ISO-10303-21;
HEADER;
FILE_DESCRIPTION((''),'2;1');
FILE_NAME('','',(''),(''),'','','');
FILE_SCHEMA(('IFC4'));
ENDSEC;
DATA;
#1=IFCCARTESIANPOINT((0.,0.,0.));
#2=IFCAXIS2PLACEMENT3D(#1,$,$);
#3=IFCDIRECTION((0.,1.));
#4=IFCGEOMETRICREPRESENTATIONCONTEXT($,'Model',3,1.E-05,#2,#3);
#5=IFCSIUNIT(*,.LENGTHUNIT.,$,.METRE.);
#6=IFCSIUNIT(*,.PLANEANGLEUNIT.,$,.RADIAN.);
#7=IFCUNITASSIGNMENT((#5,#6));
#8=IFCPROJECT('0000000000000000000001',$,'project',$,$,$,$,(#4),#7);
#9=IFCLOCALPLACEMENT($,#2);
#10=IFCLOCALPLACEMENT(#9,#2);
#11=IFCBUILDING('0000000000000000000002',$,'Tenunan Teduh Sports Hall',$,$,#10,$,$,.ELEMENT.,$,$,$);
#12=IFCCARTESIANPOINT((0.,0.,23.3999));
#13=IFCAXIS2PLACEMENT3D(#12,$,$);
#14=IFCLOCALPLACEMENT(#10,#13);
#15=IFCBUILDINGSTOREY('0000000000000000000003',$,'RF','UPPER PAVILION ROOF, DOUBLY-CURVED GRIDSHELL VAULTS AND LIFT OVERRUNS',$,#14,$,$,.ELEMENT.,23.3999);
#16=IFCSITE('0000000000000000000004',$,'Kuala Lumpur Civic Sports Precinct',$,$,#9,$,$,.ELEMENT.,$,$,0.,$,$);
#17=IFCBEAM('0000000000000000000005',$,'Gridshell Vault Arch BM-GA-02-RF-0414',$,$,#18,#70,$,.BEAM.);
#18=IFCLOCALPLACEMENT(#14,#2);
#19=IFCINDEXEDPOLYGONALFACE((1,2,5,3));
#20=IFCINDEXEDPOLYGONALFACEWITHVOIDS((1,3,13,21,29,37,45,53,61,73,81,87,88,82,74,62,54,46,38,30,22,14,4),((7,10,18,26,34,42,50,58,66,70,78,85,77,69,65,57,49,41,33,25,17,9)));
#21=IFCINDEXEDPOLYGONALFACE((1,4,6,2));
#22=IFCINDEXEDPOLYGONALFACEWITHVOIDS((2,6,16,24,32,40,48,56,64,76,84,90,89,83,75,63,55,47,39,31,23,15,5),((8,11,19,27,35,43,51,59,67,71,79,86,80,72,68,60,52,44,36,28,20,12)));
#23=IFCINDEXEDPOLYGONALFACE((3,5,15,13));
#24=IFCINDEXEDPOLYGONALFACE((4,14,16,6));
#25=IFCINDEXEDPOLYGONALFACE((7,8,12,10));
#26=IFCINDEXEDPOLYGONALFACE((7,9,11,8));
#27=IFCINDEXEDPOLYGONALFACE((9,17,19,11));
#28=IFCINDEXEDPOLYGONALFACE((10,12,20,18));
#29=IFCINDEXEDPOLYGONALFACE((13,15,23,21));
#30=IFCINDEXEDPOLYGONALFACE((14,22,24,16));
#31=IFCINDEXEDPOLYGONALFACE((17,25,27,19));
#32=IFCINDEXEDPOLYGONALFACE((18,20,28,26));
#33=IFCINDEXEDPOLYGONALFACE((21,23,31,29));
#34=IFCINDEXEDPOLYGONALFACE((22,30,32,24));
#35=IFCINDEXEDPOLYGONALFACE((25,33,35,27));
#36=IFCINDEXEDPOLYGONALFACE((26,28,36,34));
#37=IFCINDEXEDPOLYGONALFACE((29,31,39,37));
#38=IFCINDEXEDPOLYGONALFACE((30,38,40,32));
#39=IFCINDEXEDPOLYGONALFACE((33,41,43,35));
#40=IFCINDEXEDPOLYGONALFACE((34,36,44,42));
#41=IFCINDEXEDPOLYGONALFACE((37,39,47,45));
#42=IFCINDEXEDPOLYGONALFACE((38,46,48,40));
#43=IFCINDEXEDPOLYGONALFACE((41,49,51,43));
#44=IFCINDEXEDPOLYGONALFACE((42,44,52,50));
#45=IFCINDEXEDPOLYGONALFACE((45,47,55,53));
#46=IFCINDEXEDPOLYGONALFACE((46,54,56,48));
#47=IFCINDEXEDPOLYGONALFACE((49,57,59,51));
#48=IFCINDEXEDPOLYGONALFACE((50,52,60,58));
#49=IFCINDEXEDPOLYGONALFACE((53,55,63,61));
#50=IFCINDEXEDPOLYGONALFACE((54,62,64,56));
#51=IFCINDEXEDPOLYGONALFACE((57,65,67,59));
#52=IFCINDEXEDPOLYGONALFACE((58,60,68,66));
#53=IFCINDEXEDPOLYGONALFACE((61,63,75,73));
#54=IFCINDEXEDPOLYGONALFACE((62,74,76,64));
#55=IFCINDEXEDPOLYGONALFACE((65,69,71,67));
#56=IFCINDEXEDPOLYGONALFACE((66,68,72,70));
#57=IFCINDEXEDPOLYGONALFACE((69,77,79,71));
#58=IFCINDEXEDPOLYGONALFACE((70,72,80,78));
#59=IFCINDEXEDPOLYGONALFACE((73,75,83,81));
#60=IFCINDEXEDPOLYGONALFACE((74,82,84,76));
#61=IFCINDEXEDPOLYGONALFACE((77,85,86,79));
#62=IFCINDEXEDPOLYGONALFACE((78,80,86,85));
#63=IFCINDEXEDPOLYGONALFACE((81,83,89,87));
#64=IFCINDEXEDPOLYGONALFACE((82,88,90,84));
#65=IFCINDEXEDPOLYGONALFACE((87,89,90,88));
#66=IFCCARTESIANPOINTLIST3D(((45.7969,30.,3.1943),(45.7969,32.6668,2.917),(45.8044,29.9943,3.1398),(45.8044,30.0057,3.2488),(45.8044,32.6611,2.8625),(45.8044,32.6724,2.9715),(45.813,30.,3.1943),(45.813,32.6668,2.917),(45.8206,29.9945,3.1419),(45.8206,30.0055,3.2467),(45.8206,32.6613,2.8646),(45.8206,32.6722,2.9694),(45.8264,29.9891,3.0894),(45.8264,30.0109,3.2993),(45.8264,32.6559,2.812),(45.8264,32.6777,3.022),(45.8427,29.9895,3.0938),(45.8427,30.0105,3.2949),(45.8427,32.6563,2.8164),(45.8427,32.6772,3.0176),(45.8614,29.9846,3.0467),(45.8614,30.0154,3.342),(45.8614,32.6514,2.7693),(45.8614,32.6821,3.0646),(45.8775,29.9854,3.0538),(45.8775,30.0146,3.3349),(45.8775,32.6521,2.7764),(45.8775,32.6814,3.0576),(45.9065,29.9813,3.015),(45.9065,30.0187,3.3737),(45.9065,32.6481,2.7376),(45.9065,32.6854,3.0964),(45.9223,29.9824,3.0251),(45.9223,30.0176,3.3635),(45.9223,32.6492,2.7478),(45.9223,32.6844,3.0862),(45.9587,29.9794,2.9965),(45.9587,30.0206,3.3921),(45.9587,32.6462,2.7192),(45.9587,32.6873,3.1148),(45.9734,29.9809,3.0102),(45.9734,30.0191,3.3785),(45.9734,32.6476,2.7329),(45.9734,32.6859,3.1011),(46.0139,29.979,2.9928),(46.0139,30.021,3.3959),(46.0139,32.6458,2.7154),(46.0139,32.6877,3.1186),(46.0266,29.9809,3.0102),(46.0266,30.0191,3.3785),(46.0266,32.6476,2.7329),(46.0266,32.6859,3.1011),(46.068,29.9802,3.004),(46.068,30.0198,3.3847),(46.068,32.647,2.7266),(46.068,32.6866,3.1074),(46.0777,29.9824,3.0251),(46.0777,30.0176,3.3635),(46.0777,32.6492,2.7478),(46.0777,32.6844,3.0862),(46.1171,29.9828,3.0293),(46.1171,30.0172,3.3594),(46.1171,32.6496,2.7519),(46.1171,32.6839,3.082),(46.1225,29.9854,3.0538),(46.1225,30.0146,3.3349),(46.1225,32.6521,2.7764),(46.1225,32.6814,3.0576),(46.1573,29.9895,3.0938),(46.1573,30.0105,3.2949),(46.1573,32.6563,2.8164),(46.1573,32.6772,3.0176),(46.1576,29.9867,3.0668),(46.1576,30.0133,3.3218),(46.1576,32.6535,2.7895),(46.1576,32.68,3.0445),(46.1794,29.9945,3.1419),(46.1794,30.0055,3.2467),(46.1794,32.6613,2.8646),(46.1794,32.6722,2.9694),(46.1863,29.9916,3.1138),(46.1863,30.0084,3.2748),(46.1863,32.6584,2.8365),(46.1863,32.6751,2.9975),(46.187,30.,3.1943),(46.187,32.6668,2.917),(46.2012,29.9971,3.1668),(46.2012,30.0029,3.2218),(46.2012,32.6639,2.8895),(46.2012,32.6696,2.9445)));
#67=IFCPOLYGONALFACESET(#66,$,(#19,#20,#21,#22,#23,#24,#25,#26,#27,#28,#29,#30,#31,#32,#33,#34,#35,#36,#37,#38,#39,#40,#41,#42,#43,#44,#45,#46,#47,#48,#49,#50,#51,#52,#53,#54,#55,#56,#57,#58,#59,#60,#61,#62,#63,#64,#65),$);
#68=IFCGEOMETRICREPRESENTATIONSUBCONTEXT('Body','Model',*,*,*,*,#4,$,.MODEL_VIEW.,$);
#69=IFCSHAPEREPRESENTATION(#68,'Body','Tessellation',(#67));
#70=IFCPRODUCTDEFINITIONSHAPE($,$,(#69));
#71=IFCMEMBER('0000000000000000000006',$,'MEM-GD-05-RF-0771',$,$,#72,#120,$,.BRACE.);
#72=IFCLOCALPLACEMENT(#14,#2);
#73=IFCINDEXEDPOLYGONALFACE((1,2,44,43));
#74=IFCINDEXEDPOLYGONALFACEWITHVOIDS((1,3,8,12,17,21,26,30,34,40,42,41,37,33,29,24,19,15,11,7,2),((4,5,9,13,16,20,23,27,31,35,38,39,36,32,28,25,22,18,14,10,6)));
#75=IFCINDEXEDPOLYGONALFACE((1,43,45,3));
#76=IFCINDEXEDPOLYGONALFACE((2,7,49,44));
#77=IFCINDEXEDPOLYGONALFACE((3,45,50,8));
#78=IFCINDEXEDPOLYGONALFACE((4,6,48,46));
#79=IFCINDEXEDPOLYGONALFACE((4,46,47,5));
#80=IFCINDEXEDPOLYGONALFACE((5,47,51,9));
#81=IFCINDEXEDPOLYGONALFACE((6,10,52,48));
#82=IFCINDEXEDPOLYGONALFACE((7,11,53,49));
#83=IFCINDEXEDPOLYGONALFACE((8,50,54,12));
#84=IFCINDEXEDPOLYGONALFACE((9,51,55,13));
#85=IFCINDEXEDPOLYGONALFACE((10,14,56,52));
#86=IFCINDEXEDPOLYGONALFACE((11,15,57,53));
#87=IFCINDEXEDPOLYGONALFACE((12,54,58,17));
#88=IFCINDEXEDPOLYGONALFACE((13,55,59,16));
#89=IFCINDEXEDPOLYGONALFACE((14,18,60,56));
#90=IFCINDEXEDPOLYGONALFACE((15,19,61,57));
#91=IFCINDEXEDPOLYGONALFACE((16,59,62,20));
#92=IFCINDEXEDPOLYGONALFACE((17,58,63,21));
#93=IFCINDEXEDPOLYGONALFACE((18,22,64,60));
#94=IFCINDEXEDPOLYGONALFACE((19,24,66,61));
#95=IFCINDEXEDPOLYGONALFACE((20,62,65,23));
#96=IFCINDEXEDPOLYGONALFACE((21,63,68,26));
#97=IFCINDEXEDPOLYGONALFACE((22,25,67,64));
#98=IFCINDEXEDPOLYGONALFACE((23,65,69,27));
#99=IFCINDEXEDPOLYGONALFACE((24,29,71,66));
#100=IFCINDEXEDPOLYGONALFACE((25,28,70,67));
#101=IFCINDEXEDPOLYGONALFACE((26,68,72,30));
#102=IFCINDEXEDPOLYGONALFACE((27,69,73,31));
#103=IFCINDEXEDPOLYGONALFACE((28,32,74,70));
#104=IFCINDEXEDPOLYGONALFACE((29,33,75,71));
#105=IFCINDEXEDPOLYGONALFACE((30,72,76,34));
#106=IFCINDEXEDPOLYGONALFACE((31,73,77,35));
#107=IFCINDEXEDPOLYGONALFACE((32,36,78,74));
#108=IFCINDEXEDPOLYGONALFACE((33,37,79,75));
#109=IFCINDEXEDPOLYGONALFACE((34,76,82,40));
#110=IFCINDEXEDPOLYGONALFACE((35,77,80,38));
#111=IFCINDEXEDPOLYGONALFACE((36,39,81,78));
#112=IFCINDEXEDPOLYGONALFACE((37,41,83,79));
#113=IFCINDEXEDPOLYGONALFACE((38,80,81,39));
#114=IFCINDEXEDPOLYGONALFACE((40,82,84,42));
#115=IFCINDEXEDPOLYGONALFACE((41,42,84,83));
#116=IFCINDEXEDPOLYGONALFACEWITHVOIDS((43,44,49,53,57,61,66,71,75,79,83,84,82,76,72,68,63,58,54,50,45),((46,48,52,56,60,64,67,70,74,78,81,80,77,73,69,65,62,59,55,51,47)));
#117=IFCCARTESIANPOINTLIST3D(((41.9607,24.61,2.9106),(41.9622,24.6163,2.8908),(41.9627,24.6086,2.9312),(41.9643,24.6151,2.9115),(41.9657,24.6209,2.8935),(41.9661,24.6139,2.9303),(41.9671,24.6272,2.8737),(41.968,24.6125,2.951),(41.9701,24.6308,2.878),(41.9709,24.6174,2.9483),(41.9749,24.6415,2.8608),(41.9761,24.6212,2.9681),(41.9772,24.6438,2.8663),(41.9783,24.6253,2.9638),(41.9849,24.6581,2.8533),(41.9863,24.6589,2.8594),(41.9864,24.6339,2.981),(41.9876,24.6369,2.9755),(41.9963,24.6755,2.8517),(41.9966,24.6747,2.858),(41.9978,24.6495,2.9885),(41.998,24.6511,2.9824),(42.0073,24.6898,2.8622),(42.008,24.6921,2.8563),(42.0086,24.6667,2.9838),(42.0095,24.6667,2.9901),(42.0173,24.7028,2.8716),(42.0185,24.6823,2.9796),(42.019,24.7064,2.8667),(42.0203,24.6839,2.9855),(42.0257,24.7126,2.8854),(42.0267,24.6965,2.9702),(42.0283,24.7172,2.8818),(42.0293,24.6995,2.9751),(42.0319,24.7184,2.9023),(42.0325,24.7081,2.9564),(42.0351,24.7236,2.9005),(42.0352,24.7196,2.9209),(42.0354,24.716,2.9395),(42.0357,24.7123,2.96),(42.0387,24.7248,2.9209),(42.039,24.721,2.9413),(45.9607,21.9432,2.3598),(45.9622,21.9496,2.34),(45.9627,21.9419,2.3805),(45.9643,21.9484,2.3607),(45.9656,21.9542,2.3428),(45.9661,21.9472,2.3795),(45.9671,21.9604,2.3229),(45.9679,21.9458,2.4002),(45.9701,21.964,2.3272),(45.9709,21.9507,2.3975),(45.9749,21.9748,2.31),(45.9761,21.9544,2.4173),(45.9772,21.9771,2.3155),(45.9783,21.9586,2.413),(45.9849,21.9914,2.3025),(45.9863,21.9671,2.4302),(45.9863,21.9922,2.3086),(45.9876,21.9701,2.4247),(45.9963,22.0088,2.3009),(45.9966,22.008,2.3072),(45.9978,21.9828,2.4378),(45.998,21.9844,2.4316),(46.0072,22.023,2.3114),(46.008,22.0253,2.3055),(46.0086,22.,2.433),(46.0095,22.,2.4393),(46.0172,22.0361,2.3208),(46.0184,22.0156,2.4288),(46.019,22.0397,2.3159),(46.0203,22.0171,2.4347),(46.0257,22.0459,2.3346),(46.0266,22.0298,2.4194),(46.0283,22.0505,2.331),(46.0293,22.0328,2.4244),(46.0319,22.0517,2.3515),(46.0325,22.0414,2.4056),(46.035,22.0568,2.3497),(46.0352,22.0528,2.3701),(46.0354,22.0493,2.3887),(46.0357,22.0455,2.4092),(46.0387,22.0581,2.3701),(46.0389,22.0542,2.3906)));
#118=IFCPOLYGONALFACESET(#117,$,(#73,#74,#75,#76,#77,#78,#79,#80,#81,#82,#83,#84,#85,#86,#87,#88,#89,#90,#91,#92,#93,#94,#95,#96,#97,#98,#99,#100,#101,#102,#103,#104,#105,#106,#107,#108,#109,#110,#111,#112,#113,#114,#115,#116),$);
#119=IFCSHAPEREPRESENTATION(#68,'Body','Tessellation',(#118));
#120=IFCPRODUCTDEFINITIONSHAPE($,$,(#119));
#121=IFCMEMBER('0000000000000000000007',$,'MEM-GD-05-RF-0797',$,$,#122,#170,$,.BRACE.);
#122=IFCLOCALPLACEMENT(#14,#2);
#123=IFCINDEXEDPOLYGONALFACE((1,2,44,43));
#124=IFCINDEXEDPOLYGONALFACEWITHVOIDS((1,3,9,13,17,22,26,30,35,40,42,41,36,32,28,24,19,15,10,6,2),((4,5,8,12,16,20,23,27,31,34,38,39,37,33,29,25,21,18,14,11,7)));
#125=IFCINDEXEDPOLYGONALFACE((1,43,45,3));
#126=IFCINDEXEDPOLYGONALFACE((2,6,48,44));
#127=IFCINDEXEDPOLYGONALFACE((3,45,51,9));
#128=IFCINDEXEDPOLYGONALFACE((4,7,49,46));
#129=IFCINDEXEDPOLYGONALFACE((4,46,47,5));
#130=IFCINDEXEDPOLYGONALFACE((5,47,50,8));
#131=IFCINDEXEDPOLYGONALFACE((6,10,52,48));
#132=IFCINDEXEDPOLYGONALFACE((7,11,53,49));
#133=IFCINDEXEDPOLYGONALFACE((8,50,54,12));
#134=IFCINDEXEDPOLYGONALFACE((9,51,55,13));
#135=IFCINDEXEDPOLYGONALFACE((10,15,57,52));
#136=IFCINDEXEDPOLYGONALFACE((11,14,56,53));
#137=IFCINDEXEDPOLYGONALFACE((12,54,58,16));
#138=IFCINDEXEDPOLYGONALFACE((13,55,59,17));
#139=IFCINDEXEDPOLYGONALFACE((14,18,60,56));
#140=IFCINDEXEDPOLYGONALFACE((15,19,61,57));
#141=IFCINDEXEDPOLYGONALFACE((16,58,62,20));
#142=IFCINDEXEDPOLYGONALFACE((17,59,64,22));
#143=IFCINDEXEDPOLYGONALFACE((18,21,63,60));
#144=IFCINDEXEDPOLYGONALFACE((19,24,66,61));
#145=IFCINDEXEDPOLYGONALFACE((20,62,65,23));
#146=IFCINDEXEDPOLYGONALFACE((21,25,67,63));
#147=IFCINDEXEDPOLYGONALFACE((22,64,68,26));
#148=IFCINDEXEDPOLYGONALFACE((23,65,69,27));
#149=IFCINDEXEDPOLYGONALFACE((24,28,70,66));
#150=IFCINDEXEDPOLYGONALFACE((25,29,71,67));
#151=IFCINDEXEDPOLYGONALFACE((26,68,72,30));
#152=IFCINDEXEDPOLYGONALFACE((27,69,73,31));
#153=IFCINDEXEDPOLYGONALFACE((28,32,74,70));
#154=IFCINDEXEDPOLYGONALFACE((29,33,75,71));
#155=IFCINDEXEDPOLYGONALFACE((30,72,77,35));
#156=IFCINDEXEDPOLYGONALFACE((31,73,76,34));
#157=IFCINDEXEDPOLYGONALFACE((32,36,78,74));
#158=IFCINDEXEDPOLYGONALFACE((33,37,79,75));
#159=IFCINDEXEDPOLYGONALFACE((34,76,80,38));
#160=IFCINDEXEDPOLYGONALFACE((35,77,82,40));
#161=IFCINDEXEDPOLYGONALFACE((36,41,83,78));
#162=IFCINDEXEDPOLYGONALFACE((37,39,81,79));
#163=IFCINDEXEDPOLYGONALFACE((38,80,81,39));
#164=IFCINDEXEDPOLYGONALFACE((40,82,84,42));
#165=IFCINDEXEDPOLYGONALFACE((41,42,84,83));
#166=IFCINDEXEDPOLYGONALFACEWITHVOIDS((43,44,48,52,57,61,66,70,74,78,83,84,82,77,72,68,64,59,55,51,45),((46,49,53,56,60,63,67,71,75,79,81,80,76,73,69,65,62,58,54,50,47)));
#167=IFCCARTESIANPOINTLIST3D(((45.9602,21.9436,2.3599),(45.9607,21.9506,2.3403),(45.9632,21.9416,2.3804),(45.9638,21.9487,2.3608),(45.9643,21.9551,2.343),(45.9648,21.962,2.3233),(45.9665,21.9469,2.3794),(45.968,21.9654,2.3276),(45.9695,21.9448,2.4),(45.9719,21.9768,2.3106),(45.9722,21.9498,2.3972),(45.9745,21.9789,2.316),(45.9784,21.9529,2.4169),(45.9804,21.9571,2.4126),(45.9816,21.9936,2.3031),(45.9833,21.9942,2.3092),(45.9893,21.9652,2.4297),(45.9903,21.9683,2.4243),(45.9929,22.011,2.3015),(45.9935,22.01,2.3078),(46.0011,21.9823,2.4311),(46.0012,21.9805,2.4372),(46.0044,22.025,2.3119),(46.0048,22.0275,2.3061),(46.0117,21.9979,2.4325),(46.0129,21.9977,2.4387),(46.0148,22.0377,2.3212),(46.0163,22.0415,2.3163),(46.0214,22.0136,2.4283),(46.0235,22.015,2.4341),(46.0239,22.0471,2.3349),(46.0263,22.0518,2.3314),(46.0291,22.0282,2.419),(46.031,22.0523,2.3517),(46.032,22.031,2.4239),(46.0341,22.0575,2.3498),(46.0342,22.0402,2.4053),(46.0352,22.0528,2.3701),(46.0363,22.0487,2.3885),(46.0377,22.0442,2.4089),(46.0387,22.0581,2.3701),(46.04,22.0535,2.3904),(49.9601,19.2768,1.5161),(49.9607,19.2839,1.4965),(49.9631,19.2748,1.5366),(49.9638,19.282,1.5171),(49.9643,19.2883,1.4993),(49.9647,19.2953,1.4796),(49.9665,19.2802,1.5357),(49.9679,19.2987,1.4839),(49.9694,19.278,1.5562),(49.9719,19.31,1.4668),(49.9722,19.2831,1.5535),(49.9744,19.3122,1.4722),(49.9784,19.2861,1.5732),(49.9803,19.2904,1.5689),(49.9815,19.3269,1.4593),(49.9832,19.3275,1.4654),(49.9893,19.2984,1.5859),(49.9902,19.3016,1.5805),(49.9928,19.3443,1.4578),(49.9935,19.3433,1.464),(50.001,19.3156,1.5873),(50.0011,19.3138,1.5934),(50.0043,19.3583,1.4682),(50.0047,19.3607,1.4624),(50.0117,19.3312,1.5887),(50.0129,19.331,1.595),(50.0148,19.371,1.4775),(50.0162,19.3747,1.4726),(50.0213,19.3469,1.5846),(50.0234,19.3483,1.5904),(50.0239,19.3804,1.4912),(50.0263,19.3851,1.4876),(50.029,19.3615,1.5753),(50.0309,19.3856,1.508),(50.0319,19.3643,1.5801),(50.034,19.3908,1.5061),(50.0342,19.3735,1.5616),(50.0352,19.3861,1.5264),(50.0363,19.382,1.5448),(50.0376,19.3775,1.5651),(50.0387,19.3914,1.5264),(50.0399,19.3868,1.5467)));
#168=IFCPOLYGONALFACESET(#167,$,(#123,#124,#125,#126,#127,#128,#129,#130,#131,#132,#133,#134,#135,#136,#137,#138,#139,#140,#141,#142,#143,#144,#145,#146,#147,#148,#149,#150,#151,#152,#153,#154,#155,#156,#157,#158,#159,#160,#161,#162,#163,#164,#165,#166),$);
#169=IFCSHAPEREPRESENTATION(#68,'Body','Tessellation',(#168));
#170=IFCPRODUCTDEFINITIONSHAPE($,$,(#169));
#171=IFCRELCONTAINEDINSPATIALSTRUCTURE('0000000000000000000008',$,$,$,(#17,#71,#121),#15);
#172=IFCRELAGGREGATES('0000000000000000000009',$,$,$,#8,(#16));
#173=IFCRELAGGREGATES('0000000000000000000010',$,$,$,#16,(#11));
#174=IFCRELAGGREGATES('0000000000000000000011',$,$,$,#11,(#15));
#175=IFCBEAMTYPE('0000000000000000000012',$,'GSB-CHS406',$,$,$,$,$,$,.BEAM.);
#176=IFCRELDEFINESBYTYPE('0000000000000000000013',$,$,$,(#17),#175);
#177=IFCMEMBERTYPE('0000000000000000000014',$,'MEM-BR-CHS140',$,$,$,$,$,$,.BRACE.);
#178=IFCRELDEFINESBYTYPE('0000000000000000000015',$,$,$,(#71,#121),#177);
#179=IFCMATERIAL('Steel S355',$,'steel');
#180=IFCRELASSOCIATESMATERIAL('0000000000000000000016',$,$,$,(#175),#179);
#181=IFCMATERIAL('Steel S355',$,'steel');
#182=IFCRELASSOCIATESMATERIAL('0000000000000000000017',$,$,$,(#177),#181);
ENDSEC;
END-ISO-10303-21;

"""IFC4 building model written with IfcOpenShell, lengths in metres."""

from ifc_helpers import new_model, si_unit, direction, frame, origin, origin_2d, place, context, subcontext, project, spatial, hollow_circle, extrude, material, material_profile, profile_set, type_object, element, save


model = new_model("IFC4")

# Units and contexts
model_context = context("Model", 3, precision=1e-05, world=origin(), true_north=direction((0.0, 1.0)))
body_context = subcontext(model_context, "Body", "Model", "MODEL_VIEW")
ifc_project = project(units=[si_unit("LENGTHUNIT", "METRE"), si_unit("PLANEANGLEUNIT", "RADIAN")], contexts=[model_context])

# Site, building, storey
site_placement = place(None, origin())
site = spatial("IfcSite", under=ifc_project, at=site_placement, Name="Kuala Lumpur Civic Sports Precinct", CompositionType="ELEMENT", RefElevation=0.0)
building_placement = place(site_placement, origin())
building = spatial("IfcBuilding", under=site, at=building_placement, Name="Tenunan Teduh Sports Hall", CompositionType="ELEMENT")
storey_placement = place(building_placement, frame((0.0, 0.0, 23.3999)))
storey = spatial("IfcBuildingStorey", under=building, at=storey_placement, Name="RF", Description="UPPER PAVILION ROOF, DOUBLY-CURVED GRIDSHELL VAULTS AND LIFT OVERRUNS", CompositionType="ELEMENT", Elevation=23.3999)

# Beam
ifc_material_1 = material(Name="Steel S355", Category="steel")
ifc_material_profile_1 = material_profile(ifc_material_1, hollow_circle(Radius=0.2031, WallThickness=0.0161, at=origin_2d()), Name="CHS 406.4x16.0")
ifc_profile_set_1 = profile_set([ifc_material_profile_1], Name="Steel S355")
beam_type_1 = type_object("IfcBeamType", Name="GSB-CHS406", PredefinedType="BEAM", material=ifc_profile_set_1)
for number, where, z_axis, x_axis, name in (
    (1, (46.0, 30.0, 3.1943), (0.0, 0.994635, -0.103443), (-1.0, 0.0, 0.0), "Gridshell Vault Arch BM-GA-02-RF-0414"),
):
    element("IfcBeam", number, at=place(storey_placement, frame(where, z_axis=z_axis, x_axis=x_axis)), inside=storey, type_object=beam_type_1, Name=name, PredefinedType="BEAM", context=body_context, shape_type="SweptSolid", body=[
        extrude(hollow_circle(Radius=0.2031, WallThickness=0.0161, at=origin_2d()), origin(), (0.0, 0.0, 1.0), 2.6812),
    ])

# Members
ifc_material_2 = material(Name="Steel S355", Category="steel")
ifc_material_profile_2 = material_profile(ifc_material_2, hollow_circle(Radius=0.0698, WallThickness=0.0063, at=origin_2d()), Name="CHS 139.7x6.3")
ifc_profile_set_2 = profile_set([ifc_material_profile_2], Name="Steel S355")
member_type_1 = type_object("IfcMemberType", Name="MEM-BR-CHS140", PredefinedType="BRACE", material=ifc_profile_set_2)
member_1_placement = place(storey_placement, frame((42.0, 24.6667, 2.9209), z_axis=(0.826635, -0.551107, -0.113824), x_axis=(0.554712, 0.832042, 0.0)))
element("IfcMember", 2, at=member_1_placement, inside=storey, type_object=member_type_1, Name="MEM-GD-05-RF-0771", PredefinedType="BRACE", context=body_context, shape_type="SweptSolid", body=[
    extrude(hollow_circle(Radius=0.0698, WallThickness=0.0063, at=origin_2d()), origin(), (0.0, 0.0, 1.0), 4.8389),
])
member_2_placement = place(storey_placement, frame((46.0, 22.0, 2.3701), z_axis=(0.819516, -0.546361, -0.172867), x_axis=(0.554712, 0.832042, 0.0)))
element("IfcMember", 3, at=member_2_placement, inside=storey, type_object=member_type_1, Name="MEM-GD-05-RF-0797", PredefinedType="BRACE", context=body_context, shape_type="SweptSolid", body=[
    extrude(hollow_circle(Radius=0.0698, WallThickness=0.0063, at=origin_2d()), origin(), (0.0, 0.0, 1.0), 4.8809),
])

save(model, "model.ifc")
